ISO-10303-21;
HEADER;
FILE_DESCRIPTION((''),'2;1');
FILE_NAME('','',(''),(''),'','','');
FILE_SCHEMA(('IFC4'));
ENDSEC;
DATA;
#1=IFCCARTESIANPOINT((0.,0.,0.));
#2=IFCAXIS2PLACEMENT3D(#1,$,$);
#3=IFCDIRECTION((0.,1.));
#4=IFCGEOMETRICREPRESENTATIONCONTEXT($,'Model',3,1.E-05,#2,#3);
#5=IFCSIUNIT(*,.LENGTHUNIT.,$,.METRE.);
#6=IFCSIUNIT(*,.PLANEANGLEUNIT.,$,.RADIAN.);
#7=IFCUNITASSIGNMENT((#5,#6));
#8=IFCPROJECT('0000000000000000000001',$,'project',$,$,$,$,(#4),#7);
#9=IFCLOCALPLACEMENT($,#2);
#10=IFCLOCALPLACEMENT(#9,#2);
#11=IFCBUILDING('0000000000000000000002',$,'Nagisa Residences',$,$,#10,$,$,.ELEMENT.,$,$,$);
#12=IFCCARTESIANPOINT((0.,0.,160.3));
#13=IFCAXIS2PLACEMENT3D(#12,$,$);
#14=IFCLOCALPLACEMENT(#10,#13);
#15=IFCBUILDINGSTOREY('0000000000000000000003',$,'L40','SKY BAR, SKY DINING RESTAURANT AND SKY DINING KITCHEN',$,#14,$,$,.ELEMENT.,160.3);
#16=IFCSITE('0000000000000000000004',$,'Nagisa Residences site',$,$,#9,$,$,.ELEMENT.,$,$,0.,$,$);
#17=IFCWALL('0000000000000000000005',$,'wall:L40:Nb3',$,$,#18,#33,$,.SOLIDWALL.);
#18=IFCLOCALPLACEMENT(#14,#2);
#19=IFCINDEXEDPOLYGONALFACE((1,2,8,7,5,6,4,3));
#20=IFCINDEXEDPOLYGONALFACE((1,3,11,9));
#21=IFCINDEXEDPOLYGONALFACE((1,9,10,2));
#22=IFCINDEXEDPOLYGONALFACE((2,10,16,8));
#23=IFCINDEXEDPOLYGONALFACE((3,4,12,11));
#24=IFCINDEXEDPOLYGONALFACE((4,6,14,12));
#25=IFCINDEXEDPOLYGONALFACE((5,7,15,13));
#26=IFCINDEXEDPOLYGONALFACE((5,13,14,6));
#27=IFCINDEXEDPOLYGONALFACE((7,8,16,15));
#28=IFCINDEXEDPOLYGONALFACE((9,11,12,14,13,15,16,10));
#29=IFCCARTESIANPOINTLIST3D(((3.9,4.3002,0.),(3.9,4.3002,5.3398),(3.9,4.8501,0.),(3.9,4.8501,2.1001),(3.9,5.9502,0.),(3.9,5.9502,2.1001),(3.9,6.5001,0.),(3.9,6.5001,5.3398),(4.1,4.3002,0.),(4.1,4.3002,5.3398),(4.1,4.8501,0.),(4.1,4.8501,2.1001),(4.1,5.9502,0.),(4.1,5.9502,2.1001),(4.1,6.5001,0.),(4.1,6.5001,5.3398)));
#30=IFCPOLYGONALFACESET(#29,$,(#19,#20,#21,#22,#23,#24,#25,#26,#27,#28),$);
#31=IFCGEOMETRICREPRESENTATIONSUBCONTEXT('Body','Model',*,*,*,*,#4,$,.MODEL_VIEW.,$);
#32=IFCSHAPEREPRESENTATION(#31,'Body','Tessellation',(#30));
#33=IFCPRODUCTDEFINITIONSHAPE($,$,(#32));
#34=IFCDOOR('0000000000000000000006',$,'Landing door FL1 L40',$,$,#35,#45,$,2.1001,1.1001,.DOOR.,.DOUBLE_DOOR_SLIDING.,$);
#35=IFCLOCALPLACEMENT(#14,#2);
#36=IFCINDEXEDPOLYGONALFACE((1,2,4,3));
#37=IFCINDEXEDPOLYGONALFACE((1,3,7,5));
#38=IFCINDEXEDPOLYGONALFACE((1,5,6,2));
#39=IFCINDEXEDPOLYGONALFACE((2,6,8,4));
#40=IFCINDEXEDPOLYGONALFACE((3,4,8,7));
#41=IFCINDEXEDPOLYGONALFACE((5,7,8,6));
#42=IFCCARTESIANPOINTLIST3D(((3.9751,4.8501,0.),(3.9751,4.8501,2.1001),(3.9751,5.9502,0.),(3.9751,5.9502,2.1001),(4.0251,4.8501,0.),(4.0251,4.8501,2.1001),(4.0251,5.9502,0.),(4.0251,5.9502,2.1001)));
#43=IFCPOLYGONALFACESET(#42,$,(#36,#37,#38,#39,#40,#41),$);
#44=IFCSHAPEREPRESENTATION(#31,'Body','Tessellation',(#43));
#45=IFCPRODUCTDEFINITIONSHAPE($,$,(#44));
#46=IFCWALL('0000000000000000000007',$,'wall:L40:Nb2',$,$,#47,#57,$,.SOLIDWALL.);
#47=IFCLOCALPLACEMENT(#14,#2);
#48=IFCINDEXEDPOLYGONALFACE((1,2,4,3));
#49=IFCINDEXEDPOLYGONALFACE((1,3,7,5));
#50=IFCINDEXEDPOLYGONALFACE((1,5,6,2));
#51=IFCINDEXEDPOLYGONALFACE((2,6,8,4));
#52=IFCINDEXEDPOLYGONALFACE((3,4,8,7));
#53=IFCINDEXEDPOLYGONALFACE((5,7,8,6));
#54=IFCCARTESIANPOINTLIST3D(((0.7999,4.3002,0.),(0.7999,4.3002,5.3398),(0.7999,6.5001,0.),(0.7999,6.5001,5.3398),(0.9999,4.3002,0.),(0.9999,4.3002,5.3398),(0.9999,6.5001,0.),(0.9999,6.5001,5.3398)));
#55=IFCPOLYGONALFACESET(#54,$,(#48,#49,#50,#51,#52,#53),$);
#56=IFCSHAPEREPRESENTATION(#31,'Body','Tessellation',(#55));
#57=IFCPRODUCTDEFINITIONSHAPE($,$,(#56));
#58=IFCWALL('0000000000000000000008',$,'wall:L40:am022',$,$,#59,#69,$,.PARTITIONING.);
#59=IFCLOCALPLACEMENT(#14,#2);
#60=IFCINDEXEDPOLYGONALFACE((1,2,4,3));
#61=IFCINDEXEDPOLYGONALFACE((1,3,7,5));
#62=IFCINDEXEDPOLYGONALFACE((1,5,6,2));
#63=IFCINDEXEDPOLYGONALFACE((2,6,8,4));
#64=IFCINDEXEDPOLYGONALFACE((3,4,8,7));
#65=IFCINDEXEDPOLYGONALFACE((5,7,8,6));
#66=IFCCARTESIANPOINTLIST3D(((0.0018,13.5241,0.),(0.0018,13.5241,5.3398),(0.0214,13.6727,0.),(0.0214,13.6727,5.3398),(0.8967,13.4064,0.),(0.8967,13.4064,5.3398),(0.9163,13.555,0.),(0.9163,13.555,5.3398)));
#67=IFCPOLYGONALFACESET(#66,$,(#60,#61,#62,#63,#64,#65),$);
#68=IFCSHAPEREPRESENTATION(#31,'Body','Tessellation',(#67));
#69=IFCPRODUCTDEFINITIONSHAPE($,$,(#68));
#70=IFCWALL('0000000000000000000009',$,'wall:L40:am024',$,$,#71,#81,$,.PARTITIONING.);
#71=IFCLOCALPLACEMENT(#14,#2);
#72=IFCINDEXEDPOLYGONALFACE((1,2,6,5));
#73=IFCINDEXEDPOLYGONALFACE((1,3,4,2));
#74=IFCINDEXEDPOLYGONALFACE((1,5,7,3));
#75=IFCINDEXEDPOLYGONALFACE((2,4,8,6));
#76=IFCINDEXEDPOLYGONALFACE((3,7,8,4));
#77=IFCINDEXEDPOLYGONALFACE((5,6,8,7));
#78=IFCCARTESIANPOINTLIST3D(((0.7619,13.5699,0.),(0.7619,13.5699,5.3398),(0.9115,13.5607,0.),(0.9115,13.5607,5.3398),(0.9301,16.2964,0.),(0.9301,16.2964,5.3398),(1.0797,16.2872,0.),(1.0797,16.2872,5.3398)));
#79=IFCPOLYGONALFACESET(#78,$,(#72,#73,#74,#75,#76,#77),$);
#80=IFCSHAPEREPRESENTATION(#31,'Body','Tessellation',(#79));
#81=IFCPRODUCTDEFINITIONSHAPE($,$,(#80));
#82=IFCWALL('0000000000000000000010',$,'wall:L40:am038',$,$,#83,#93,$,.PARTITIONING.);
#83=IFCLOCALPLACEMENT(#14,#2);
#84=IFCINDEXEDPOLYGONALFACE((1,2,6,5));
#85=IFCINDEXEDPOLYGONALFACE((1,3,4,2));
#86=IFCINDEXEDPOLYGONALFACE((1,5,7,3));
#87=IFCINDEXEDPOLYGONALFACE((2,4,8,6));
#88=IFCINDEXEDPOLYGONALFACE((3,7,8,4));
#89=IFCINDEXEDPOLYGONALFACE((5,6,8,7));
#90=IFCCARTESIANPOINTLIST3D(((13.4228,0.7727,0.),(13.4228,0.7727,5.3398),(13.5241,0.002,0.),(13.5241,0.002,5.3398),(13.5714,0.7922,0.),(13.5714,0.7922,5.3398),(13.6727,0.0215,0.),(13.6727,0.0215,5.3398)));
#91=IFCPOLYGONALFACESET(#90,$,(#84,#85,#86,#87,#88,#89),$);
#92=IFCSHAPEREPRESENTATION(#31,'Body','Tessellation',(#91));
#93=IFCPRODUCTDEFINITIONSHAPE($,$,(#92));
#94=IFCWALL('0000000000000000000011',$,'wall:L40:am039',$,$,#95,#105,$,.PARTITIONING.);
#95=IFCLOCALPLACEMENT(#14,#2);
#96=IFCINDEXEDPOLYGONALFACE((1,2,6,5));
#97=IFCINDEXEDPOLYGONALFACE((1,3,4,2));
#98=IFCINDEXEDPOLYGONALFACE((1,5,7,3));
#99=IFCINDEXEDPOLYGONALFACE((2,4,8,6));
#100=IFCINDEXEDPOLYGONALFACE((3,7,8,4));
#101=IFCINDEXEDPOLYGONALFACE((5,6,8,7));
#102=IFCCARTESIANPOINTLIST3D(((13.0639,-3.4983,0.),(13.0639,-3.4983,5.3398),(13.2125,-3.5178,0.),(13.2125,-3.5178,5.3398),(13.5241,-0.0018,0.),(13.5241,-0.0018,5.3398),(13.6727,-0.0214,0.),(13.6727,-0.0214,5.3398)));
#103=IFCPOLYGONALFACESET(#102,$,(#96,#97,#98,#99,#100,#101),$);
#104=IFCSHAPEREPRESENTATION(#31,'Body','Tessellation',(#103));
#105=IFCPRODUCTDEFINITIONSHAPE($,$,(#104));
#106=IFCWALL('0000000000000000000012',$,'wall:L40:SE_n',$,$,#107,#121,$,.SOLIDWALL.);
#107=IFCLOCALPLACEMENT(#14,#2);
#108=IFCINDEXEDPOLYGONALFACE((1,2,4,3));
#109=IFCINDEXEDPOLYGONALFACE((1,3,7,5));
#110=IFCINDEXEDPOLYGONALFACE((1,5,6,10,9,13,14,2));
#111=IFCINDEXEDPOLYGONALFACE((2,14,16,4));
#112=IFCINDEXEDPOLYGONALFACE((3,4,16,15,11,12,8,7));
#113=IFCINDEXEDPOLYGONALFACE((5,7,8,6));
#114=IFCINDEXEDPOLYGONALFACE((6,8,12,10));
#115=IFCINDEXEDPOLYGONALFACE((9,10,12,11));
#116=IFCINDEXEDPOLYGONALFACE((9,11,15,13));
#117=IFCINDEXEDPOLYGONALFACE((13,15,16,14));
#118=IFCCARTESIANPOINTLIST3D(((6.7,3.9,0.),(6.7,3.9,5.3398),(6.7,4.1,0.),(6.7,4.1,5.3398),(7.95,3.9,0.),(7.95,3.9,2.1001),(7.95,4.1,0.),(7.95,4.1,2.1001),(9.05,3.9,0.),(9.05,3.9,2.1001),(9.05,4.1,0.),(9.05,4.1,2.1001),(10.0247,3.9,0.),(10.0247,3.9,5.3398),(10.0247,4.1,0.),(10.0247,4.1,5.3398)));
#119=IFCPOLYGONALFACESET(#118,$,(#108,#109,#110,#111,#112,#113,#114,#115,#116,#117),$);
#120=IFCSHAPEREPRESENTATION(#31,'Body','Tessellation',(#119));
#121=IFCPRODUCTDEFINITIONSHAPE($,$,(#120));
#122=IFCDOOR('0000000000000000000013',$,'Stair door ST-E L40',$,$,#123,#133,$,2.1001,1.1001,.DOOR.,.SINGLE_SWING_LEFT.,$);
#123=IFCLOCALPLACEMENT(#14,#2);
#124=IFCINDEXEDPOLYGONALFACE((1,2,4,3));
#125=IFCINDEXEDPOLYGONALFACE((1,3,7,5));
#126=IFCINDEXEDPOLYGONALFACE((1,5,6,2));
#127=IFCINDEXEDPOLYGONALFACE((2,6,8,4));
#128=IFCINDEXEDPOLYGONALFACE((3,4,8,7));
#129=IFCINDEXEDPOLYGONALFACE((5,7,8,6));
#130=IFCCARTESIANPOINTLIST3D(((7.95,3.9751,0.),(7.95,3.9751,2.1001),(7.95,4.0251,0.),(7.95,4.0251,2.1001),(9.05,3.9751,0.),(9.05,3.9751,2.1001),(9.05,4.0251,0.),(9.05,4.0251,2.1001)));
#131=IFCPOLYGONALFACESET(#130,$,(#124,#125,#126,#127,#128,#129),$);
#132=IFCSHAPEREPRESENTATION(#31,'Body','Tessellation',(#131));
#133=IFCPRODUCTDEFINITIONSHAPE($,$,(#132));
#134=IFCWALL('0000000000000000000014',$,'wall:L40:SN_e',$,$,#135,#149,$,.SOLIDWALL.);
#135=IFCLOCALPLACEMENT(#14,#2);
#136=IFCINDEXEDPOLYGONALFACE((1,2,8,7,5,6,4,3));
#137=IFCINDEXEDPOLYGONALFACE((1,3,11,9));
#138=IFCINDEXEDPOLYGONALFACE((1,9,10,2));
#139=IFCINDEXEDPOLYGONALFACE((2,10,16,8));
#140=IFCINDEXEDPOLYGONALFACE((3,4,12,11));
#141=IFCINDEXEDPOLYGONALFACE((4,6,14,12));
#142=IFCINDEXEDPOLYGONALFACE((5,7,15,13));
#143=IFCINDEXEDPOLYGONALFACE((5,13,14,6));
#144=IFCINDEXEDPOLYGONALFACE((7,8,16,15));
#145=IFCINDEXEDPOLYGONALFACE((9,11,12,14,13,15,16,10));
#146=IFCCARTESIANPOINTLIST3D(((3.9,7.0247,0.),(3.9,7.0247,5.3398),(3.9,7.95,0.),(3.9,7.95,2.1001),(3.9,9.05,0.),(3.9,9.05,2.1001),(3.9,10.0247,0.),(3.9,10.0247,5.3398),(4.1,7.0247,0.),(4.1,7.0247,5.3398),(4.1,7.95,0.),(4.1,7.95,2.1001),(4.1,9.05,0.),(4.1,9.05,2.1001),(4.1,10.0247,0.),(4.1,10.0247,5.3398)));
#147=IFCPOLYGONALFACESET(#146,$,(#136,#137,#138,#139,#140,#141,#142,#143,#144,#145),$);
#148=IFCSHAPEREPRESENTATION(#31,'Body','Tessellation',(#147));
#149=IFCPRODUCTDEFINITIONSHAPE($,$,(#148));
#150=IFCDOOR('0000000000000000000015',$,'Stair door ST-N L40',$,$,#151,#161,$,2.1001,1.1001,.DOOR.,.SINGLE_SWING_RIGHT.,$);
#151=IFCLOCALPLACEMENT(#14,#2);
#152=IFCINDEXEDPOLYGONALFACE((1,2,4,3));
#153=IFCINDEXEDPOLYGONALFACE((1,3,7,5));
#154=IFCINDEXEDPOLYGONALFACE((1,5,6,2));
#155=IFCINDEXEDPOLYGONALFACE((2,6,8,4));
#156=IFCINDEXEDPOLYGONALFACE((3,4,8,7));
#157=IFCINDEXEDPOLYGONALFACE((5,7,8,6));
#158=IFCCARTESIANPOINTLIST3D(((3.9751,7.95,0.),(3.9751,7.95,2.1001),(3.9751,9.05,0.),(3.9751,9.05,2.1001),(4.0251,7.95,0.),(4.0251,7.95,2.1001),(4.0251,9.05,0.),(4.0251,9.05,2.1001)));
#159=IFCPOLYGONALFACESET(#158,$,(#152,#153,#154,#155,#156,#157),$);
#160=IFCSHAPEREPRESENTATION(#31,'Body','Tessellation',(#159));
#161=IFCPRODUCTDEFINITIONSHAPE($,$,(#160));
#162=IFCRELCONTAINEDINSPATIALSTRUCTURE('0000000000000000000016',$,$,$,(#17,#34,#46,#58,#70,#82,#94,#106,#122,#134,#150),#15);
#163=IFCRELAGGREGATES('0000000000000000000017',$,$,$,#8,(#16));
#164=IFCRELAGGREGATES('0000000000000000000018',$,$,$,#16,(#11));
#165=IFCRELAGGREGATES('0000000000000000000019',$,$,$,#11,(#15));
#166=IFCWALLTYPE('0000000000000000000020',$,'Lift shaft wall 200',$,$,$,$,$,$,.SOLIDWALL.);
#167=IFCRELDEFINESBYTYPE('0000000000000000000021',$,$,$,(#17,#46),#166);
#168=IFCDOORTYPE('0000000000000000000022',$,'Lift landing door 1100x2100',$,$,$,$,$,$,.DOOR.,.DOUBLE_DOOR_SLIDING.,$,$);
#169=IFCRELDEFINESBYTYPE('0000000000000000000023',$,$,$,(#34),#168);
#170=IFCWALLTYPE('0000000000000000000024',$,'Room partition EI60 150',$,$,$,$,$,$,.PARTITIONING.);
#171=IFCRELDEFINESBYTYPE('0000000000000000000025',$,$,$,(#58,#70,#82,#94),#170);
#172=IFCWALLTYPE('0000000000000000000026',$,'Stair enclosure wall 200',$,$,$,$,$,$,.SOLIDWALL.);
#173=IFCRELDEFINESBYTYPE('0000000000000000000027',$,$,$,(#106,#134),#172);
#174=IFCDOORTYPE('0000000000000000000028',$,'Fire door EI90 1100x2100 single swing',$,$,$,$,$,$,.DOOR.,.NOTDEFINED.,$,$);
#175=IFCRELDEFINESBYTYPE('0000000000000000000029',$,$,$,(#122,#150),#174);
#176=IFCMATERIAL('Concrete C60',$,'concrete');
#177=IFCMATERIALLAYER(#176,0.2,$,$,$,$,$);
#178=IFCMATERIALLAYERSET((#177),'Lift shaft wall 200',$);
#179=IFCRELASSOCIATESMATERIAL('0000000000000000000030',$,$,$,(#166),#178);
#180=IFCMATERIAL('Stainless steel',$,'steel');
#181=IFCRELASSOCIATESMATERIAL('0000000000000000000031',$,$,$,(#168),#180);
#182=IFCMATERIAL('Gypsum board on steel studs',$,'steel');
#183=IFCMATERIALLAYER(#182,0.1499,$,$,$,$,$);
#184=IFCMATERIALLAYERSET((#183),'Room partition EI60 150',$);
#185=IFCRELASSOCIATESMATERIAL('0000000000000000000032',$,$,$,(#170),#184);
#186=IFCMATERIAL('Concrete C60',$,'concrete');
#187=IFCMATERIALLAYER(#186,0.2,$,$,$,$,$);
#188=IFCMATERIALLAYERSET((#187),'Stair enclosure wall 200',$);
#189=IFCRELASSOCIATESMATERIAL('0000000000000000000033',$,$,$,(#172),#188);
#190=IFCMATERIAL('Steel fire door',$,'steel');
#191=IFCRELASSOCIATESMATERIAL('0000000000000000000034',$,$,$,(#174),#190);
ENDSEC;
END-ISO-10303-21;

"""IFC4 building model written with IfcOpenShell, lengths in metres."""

from ifc_helpers import new_model, si_unit, direction, frame, frame_2d, origin, place, context, subcontext, project, spatial, rectangle, extrude, material, layer, layer_set, type_object, element, fill, save


model = new_model("IFC4")

# Units and contexts
model_context = context("Model", 3, precision=1e-05, world=origin(), true_north=direction((0.0, 1.0)))
body_context = subcontext(model_context, "Body", "Model", "MODEL_VIEW")
ifc_project = project(units=[si_unit("LENGTHUNIT", "METRE"), si_unit("PLANEANGLEUNIT", "RADIAN")], contexts=[model_context])

# Site, building, storey
site_placement = place(None, origin())
site = spatial("IfcSite", under=ifc_project, at=site_placement, Name="Nagisa Residences site", CompositionType="ELEMENT", RefElevation=0.0)
building_placement = place(site_placement, origin())
building = spatial("IfcBuilding", under=site, at=building_placement, Name="Nagisa Residences", CompositionType="ELEMENT")
storey_placement = place(building_placement, frame((0.0, 0.0, 160.3)))
storey = spatial("IfcBuildingStorey", under=building, at=storey_placement, Name="L40", Description="SKY BAR, SKY DINING RESTAURANT AND SKY DINING KITCHEN", CompositionType="ELEMENT", Elevation=160.3)

# Wall, opening, door
ifc_material_1 = material(Name="Concrete C60", Category="concrete")
ifc_layer_1 = layer(ifc_material_1, 0.2)
ifc_layer_set_1 = layer_set([ifc_layer_1], Name="Lift shaft wall 200")
wall_type_1 = type_object("IfcWallType", Name="Lift shaft wall 200", PredefinedType="SOLIDWALL", material=ifc_layer_set_1)
wall_1_placement = place(storey_placement, frame((4.0, 4.3, 0.0), z_axis=(0.0, 0.0, 1.0), x_axis=(0.0, 1.0, 0.0)))
wall_1 = element("IfcWall", 1, at=wall_1_placement, inside=storey, type_object=wall_type_1, Name="wall:L40:Nb3", PredefinedType="SOLIDWALL", context=body_context, shape_type="SweptSolid", body=[
    extrude(rectangle(XDim=2.2, YDim=0.2, at=frame_2d((1.1001, 0.0))), origin(), (0.0, 0.0, 1.0), 5.3398),
])
opening_1_placement = place(wall_1_placement, frame((0.55, 0.0, 0.0)))
opening_1 = element("IfcOpeningElement", 2, at=opening_1_placement, cuts=wall_1, PredefinedType="OPENING", context=body_context, shape_type="SweptSolid", body=[
    extrude(rectangle(XDim=1.1001, YDim=2.1001, at=frame_2d((0.55, 1.05))), frame((0.0, 0.1099, 0.0), z_axis=(0.0, -1.0, 0.0), x_axis=(1.0, 0.0, 0.0)), (0.0, 0.0, 1.0), 0.22),
])
ifc_material_2 = material(Name="Stainless steel", Category="steel")
door_type_1 = type_object("IfcDoorType", Name="Lift landing door 1100x2100", OperationType="DOUBLE_DOOR_SLIDING", PredefinedType="DOOR", material=ifc_material_2)
door_1_placement = place(opening_1_placement, origin())
door_1 = element("IfcDoor", 3, at=door_1_placement, inside=storey, type_object=door_type_1, Name="Landing door FL1 L40", OperationType="DOUBLE_DOOR_SLIDING", OverallHeight=2.1001, OverallWidth=1.1001, PredefinedType="DOOR", context=body_context, shape_type="SweptSolid", body=[
    extrude(rectangle(XDim=1.1001, YDim=2.1001, at=frame_2d((0.55, 1.05))), frame((0.0, 0.0249, 0.0), z_axis=(0.0, -1.0, 0.0), x_axis=(1.0, 0.0, 0.0)), (0.0, 0.0, 1.0), 0.05),
])
fill(opening_1, door_1)

# Walls
wall_2_placement = place(storey_placement, frame((0.8999, 4.3, 0.0), z_axis=(0.0, 0.0, 1.0), x_axis=(0.0, 1.0, 0.0)))
element("IfcWall", 4, at=wall_2_placement, inside=storey, type_object=wall_type_1, Name="wall:L40:Nb2", PredefinedType="SOLIDWALL", context=body_context, shape_type="SweptSolid", body=[
    extrude(rectangle(XDim=2.2, YDim=0.2, at=frame_2d((1.1001, 0.0))), origin(), (0.0, 0.0, 1.0), 5.3398),
])
ifc_material_3 = material(Name="Gypsum board on steel studs", Category="steel")
ifc_layer_2 = layer(ifc_material_3, 0.1499)
ifc_layer_set_2 = layer_set([ifc_layer_2], Name="Room partition EI60 150")
wall_type_2 = type_object("IfcWallType", Name="Room partition EI60 150", PredefinedType="PARTITIONING", material=ifc_layer_set_2)
wall_3_placement = place(storey_placement, frame((0.0117, 13.5984, 0.0), z_axis=(0.0, 0.0, 1.0), x_axis=(0.991463, -0.130392, 0.0)))
element("IfcWall", 5, at=wall_3_placement, inside=storey, type_object=wall_type_2, Name="wall:L40:am022", PredefinedType="PARTITIONING", context=body_context, shape_type="SweptSolid", body=[
    extrude(rectangle(XDim=0.9026, YDim=0.1499, at=frame_2d((0.4512, 0.0))), origin(), (0.0, 0.0, 1.0), 5.3398),
])
wall_4_placement = place(storey_placement, frame((0.8367, 13.5654, 0.0), z_axis=(0.0, 0.0, 1.0), x_axis=(0.061577, 0.998102, 0.0)))
element("IfcWall", 6, at=wall_4_placement, inside=storey, type_object=wall_type_2, Name="wall:L40:am024", PredefinedType="PARTITIONING", context=body_context, shape_type="SweptSolid", body=[
    extrude(rectangle(XDim=2.7317, YDim=0.1499, at=frame_2d((1.3657, 0.0))), origin(), (0.0, 0.0, 1.0), 5.3398),
])
wall_5_placement = place(storey_placement, frame((13.4971, 0.7825, 0.0), z_axis=(0.0, 0.0, 1.0), x_axis=(0.130333, -0.99147, 0.0)))
element("IfcWall", 7, at=wall_5_placement, inside=storey, type_object=wall_type_2, Name="wall:L40:am038", PredefinedType="PARTITIONING", context=body_context, shape_type="SweptSolid", body=[
    extrude(rectangle(XDim=0.7773, YDim=0.1499, at=frame_2d((0.3887, 0.0))), origin(), (0.0, 0.0, 1.0), 5.3398),
])
wall_6_placement = place(storey_placement, frame((13.5984, -0.0117, 0.0), z_axis=(0.0, 0.0, 1.0), x_axis=(-0.130499, -0.991448, 0.0)))
element("IfcWall", 8, at=wall_6_placement, inside=storey, type_object=wall_type_2, Name="wall:L40:am039", PredefinedType="PARTITIONING", context=body_context, shape_type="SweptSolid", body=[
    extrude(rectangle(XDim=3.5266, YDim=0.1499, at=frame_2d((1.7632, 0.0))), origin(), (0.0, 0.0, 1.0), 5.3398),
])

# Walls, openings, doors
ifc_material_4 = material(Name="Concrete C60", Category="concrete")
ifc_layer_3 = layer(ifc_material_4, 0.2)
ifc_layer_set_3 = layer_set([ifc_layer_3], Name="Stair enclosure wall 200")
wall_type_3 = type_object("IfcWallType", Name="Stair enclosure wall 200", PredefinedType="SOLIDWALL", material=ifc_layer_set_3)
wall_7_placement = place(storey_placement, frame((6.7, 4.0, 0.0), z_axis=(0.0, 0.0, 1.0), x_axis=(1.0, 0.0, 0.0)))
wall_7 = element("IfcWall", 9, at=wall_7_placement, inside=storey, type_object=wall_type_3, Name="wall:L40:SE_n", PredefinedType="SOLIDWALL", context=body_context, shape_type="SweptSolid", body=[
    extrude(rectangle(XDim=3.3247, YDim=0.2, at=frame_2d((1.6624, 0.0))), origin(), (0.0, 0.0, 1.0), 5.3398),
])
opening_2_placement = place(wall_7_placement, frame((1.25, 0.0, 0.0)))
opening_2 = element("IfcOpeningElement", 10, at=opening_2_placement, cuts=wall_7, PredefinedType="OPENING", context=body_context, shape_type="SweptSolid", body=[
    extrude(rectangle(XDim=1.1001, YDim=2.1001, at=frame_2d((0.55, 1.05))), frame((0.0, 0.1099, 0.0), z_axis=(0.0, -1.0, 0.0), x_axis=(1.0, 0.0, 0.0)), (0.0, 0.0, 1.0), 0.22),
])
ifc_material_5 = material(Name="Steel fire door", Category="steel")
door_type_2 = type_object("IfcDoorType", Name="Fire door EI90 1100x2100 single swing", OperationType="NOTDEFINED", PredefinedType="DOOR", material=ifc_material_5)
door_2_placement = place(opening_2_placement, frame((1.1001, 0.0, 0.0), x_axis=(-1.0, 0.0, 0.0)))
door_2 = element("IfcDoor", 11, at=door_2_placement, inside=storey, type_object=door_type_2, Name="Stair door ST-E L40", OperationType="SINGLE_SWING_LEFT", OverallHeight=2.1001, OverallWidth=1.1001, PredefinedType="DOOR", context=body_context, shape_type="SweptSolid", body=[
    extrude(rectangle(XDim=1.1001, YDim=2.1001, at=frame_2d((0.55, 1.05))), frame((0.0, 0.0249, 0.0), z_axis=(0.0, -1.0, 0.0), x_axis=(1.0, 0.0, 0.0)), (0.0, 0.0, 1.0), 0.05),
])
fill(opening_2, door_2)
wall_8_placement = place(storey_placement, frame((4.0, 7.0247, 0.0), z_axis=(0.0, 0.0, 1.0), x_axis=(0.0, 1.0, 0.0)))
wall_8 = element("IfcWall", 12, at=wall_8_placement, inside=storey, type_object=wall_type_3, Name="wall:L40:SN_e", PredefinedType="SOLIDWALL", context=body_context, shape_type="SweptSolid", body=[
    extrude(rectangle(XDim=3.0, YDim=0.2, at=frame_2d((1.5, 0.0))), origin(), (0.0, 0.0, 1.0), 5.3398),
])
opening_3_placement = place(wall_8_placement, frame((0.9253, 0.0, 0.0)))
opening_3 = element("IfcOpeningElement", 13, at=opening_3_placement, cuts=wall_8, PredefinedType="OPENING", context=body_context, shape_type="SweptSolid", body=[
    extrude(rectangle(XDim=1.1001, YDim=2.1001, at=frame_2d((0.55, 1.05))), frame((0.0, 0.1099, 0.0), z_axis=(0.0, -1.0, 0.0), x_axis=(1.0, 0.0, 0.0)), (0.0, 0.0, 1.0), 0.22),
])
door_3_placement = place(opening_3_placement, origin())
door_3 = element("IfcDoor", 14, at=door_3_placement, inside=storey, type_object=door_type_2, Name="Stair door ST-N L40", OperationType="SINGLE_SWING_RIGHT", OverallHeight=2.1001, OverallWidth=1.1001, PredefinedType="DOOR", context=body_context, shape_type="SweptSolid", body=[
    extrude(rectangle(XDim=1.1001, YDim=2.1001, at=frame_2d((0.55, 1.05))), frame((0.0, 0.0249, 0.0), z_axis=(0.0, -1.0, 0.0), x_axis=(1.0, 0.0, 0.0)), (0.0, 0.0, 1.0), 0.05),
])
fill(opening_3, door_3)

save(model, "model.ifc")
